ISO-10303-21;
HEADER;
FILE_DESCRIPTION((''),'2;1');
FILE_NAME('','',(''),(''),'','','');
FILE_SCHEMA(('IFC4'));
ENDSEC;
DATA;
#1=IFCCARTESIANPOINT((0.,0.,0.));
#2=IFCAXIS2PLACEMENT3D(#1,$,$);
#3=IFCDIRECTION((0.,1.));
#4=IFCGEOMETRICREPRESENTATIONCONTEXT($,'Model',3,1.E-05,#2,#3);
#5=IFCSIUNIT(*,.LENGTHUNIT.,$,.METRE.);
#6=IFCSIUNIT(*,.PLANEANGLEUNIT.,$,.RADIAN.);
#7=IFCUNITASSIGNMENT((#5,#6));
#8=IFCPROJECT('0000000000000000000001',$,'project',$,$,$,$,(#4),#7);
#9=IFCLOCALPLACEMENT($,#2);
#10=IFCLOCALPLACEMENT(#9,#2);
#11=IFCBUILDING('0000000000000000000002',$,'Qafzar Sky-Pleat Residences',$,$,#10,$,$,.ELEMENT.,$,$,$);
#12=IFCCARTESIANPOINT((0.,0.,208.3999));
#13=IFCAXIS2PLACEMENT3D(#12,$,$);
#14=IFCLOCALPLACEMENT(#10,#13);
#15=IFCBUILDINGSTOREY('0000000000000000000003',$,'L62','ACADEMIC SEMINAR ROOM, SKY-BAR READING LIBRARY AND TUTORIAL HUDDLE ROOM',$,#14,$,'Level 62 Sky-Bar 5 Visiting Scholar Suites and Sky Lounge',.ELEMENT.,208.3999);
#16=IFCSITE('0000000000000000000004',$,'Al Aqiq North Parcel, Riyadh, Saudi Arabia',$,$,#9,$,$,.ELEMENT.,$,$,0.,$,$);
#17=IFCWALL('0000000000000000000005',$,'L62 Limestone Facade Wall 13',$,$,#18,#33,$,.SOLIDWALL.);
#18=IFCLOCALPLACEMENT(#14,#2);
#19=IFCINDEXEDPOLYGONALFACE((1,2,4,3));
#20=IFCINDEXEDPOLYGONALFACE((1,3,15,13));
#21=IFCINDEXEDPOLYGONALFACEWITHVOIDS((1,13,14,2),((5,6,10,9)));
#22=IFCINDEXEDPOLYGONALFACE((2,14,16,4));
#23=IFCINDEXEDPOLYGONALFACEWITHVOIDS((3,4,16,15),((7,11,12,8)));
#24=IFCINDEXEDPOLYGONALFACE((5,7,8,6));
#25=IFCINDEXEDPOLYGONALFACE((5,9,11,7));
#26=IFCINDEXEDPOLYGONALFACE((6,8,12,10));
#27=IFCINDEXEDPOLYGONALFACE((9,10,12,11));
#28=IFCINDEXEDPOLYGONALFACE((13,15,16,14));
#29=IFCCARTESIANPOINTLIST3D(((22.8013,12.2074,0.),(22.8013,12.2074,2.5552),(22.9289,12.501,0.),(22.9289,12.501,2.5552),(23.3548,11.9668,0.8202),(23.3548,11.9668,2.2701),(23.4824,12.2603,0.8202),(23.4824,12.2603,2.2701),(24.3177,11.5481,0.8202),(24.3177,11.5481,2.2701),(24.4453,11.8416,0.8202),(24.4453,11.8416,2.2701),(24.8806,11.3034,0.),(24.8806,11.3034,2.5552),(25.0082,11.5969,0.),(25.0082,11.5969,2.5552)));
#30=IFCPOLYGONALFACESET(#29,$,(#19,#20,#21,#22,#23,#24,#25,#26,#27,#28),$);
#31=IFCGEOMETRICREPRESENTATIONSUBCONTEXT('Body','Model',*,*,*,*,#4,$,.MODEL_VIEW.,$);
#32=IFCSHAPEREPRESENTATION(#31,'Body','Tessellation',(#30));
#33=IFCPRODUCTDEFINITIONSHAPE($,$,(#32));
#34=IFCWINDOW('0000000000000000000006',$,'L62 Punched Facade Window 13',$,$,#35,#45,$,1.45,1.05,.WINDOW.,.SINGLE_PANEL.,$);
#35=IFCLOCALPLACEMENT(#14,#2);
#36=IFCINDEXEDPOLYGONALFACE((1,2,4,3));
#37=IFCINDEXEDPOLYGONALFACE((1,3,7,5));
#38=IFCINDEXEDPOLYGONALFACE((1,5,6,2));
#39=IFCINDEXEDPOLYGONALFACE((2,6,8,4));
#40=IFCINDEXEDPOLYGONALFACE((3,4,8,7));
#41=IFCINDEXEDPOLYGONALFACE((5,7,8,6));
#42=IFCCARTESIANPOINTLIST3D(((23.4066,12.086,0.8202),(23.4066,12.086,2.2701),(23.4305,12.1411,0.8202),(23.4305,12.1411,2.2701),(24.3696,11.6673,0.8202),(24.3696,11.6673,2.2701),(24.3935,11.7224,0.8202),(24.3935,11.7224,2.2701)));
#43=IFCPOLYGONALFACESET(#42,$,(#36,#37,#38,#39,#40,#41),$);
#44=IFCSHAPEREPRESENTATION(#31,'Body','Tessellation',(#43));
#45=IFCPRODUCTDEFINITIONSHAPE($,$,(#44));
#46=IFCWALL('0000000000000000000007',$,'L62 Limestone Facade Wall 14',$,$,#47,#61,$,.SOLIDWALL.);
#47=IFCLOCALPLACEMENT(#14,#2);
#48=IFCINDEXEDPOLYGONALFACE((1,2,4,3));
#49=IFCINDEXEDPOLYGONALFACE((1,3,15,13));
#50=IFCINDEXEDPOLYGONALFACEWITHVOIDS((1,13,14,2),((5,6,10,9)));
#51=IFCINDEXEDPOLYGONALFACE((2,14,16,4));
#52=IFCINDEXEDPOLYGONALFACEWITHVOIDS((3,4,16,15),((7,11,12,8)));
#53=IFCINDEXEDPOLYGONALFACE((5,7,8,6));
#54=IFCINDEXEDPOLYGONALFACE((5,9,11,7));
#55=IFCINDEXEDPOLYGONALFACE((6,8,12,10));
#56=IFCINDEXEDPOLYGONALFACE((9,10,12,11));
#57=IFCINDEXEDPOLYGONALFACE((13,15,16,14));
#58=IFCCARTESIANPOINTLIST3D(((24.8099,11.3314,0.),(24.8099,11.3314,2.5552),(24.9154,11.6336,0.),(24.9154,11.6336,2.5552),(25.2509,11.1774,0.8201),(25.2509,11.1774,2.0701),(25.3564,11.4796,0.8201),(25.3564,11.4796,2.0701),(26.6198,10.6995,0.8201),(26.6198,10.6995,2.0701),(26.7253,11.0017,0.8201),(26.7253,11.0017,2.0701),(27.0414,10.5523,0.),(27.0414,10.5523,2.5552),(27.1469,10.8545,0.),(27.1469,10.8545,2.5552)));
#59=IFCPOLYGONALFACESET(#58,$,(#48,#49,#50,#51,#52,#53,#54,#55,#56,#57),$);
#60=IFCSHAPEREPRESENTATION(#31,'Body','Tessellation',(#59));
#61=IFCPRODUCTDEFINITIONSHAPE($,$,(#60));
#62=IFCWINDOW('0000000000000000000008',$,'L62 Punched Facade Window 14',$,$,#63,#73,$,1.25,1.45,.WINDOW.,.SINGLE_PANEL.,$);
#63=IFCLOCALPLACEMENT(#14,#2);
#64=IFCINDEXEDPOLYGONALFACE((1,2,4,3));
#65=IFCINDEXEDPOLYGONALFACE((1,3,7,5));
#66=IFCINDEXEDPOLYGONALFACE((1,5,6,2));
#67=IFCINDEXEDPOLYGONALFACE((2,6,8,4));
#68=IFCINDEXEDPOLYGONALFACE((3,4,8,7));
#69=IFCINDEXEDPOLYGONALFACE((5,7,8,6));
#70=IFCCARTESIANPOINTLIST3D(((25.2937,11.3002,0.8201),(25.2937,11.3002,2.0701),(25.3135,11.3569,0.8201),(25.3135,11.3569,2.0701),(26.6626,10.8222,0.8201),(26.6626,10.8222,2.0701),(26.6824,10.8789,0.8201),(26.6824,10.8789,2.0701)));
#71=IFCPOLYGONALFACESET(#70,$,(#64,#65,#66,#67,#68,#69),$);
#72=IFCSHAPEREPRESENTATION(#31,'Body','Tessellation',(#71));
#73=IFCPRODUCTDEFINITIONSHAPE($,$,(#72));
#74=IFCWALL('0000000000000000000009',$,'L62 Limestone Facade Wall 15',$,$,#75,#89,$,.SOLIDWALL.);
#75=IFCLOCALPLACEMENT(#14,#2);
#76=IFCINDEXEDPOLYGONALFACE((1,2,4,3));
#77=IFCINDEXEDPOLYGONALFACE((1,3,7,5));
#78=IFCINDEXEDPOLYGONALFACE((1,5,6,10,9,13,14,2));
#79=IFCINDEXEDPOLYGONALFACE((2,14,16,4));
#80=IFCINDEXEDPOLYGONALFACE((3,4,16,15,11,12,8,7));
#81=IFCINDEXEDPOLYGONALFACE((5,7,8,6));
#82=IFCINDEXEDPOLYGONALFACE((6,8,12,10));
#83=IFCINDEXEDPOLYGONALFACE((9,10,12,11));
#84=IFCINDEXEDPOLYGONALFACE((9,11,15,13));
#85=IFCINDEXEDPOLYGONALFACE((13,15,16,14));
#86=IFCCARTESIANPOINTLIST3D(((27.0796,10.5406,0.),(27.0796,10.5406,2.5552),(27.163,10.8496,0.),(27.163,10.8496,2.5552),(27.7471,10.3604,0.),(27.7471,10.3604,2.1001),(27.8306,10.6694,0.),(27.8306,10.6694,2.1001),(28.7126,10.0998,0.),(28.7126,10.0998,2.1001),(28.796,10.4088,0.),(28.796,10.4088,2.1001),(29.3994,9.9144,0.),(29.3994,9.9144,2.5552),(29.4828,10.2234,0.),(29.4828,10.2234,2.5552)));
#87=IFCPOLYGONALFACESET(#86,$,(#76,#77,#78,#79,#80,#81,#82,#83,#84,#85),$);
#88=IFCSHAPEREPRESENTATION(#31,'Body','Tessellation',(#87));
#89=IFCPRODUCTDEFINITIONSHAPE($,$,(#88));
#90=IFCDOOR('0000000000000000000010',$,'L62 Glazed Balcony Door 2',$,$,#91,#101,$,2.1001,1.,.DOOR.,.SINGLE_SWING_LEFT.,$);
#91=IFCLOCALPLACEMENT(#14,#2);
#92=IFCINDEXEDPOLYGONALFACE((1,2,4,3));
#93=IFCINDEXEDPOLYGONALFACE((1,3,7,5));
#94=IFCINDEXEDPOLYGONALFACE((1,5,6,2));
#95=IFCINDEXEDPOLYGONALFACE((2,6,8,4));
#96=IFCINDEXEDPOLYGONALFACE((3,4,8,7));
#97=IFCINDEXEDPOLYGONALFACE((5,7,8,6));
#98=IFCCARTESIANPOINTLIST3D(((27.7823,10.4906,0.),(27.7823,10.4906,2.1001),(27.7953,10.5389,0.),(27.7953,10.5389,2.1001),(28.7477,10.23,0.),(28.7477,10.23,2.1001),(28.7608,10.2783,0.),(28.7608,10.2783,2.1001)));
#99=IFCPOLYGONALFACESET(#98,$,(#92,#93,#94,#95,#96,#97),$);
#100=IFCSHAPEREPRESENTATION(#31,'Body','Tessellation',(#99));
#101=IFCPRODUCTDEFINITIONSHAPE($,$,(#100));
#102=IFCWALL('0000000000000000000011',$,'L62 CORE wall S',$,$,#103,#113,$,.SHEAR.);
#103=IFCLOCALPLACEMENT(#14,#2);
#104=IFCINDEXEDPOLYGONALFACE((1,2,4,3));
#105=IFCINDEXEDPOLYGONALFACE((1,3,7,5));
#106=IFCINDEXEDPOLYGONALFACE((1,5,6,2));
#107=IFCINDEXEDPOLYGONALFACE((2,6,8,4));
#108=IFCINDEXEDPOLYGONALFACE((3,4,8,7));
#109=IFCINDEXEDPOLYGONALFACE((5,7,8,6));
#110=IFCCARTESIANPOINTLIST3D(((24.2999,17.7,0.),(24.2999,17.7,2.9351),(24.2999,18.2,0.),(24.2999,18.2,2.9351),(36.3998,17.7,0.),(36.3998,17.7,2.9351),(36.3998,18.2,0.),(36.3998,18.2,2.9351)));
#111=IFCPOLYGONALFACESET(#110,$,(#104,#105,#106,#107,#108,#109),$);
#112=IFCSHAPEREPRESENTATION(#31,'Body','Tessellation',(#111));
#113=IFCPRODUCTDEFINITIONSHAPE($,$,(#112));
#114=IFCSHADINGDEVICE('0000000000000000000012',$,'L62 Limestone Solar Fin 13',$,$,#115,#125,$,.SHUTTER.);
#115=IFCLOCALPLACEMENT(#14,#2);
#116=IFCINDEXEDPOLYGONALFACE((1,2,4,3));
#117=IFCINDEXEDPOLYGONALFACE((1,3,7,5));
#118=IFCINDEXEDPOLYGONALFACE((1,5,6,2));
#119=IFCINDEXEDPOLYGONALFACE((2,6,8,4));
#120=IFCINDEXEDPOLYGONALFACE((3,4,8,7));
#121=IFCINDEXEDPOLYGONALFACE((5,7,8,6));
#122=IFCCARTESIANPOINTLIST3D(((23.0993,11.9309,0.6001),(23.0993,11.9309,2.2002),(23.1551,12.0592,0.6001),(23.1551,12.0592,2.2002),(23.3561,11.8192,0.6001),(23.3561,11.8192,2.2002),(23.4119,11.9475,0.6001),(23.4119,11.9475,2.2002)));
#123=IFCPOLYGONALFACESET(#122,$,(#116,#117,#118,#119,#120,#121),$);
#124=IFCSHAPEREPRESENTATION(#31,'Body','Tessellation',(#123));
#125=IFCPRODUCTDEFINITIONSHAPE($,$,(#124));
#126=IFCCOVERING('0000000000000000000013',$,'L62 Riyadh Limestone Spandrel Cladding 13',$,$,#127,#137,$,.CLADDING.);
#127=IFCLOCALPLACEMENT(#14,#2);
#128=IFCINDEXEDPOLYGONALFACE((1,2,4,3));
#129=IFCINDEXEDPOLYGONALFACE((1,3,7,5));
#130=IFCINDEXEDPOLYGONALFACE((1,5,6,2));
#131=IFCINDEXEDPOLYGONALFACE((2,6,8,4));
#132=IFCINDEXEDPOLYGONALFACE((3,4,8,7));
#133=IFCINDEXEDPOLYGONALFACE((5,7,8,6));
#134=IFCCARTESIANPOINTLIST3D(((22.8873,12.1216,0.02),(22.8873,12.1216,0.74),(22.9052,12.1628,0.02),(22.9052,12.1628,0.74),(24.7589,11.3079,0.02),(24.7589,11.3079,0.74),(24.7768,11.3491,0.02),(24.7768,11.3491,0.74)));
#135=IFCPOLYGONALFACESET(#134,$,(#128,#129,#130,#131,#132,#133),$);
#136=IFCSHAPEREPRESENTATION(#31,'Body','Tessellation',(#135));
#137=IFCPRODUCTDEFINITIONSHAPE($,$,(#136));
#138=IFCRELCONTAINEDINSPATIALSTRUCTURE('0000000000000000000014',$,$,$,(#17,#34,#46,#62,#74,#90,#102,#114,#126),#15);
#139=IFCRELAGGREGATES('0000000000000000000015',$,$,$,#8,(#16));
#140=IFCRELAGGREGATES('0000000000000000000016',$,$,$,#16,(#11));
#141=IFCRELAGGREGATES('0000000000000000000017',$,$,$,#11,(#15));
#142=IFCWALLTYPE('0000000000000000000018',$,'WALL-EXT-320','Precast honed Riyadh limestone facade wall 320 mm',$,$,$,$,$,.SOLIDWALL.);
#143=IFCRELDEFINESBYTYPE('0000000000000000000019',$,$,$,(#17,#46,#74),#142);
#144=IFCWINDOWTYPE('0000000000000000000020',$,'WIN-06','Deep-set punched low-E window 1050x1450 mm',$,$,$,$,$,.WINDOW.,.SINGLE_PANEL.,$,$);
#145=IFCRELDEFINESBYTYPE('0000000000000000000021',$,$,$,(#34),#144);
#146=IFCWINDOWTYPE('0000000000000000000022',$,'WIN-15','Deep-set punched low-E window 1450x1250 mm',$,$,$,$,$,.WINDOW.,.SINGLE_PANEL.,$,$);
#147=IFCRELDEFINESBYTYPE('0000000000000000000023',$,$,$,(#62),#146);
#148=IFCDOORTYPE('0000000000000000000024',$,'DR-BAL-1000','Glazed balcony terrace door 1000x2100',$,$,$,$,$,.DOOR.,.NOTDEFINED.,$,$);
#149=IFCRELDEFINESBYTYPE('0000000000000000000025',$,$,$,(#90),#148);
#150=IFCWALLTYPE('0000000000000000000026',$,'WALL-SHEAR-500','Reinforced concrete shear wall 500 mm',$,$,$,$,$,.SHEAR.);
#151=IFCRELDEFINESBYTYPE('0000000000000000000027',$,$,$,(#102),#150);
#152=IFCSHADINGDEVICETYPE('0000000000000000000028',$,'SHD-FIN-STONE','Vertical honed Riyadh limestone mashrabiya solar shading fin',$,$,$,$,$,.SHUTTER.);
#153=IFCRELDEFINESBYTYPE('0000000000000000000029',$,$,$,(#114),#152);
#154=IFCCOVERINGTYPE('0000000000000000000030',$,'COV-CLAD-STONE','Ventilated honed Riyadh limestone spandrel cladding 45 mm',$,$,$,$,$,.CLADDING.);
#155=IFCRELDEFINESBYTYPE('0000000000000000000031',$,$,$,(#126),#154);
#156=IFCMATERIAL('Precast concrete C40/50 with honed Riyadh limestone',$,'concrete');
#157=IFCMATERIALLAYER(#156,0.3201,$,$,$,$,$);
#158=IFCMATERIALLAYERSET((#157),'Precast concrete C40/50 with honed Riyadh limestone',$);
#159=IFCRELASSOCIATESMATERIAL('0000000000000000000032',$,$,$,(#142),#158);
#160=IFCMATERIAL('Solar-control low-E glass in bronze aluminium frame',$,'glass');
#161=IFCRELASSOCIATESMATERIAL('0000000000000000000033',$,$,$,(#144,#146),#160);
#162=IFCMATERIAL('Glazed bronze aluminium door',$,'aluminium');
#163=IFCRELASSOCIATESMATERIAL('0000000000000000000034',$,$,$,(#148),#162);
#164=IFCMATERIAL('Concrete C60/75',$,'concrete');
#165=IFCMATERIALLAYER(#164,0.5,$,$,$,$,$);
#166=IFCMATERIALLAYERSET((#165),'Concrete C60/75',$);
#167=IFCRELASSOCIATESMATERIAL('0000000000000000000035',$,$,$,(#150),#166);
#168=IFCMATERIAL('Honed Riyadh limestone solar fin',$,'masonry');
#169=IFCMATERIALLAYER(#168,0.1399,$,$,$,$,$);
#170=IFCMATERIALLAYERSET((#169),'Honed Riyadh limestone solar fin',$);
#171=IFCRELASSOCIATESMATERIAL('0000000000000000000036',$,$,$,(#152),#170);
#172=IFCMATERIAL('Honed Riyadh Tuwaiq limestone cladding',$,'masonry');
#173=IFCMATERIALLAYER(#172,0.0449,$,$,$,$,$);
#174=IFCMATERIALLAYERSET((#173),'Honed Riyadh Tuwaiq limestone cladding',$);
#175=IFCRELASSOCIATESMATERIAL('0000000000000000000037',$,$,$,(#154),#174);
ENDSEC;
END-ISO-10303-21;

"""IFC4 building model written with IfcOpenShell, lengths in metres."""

from ifc_helpers import new_model, si_unit, direction, frame, frame_2d, origin, origin_2d, place, context, subcontext, project, spatial, rectangle, extrude, source, transform, mapped, material, layer, layer_set, type_object, element, fill, save


model = new_model("IFC4")

# Units and contexts
model_context = context("Model", 3, precision=1e-05, world=origin(), true_north=direction((0.0, 1.0)))
body_context = subcontext(model_context, "Body", "Model", "MODEL_VIEW")
ifc_project = project(units=[si_unit("LENGTHUNIT", "METRE"), si_unit("PLANEANGLEUNIT", "RADIAN")], contexts=[model_context])

# Site, building, storey
site_placement = place(None, origin())
site = spatial("IfcSite", under=ifc_project, at=site_placement, Name="Al Aqiq North Parcel, Riyadh, Saudi Arabia", CompositionType="ELEMENT", RefElevation=0.0)
building_placement = place(site_placement, origin())
building = spatial("IfcBuilding", under=site, at=building_placement, Name="Qafzar Sky-Pleat Residences", CompositionType="ELEMENT")
storey_placement = place(building_placement, frame((0.0, 0.0, 208.3999)))
storey = spatial("IfcBuildingStorey", under=building, at=storey_placement, Name="L62", Description="ACADEMIC SEMINAR ROOM, SKY-BAR READING LIBRARY AND TUTORIAL HUDDLE ROOM", LongName="Level 62 Sky-Bar 5 Visiting Scholar Suites and Sky Lounge", CompositionType="ELEMENT", Elevation=208.3999)

# Walls, openings, windows
ifc_material_1 = material(Name="Precast concrete C40/50 with honed Riyadh limestone", Category="concrete")
ifc_layer_1 = layer(ifc_material_1, 0.3201)
ifc_layer_set_1 = layer_set([ifc_layer_1], Name="Precast concrete C40/50 with honed Riyadh limestone")
wall_type_1 = type_object("IfcWallType", Name="WALL-EXT-320", Description="Precast honed Riyadh limestone facade wall 320 mm", PredefinedType="SOLIDWALL", material=ifc_layer_set_1)
ifc_material_2 = material(Name="Solar-control low-E glass in bronze aluminium frame", Category="glass")
wall_1_placement = place(storey_placement, frame((22.865, 12.3542, 0.0), z_axis=(0.0, 0.0, 1.0), x_axis=(0.917072, -0.398722, 0.0)))
wall_1 = element("IfcWall", 1, at=wall_1_placement, inside=storey, type_object=wall_type_1, Name="L62 Limestone Facade Wall 13", PredefinedType="SOLIDWALL", context=body_context, shape_type="SweptSolid", body=[
    extrude(rectangle(XDim=2.2673, YDim=0.3201, at=frame_2d((1.1338, 0.0))), origin(), (0.0, 0.0, 1.0), 2.5552),
])
opening_1_placement = place(wall_1_placement, frame((0.6038, 0.0, 0.8201)))
opening_1 = element("IfcOpeningElement", 2, at=opening_1_placement, cuts=wall_1, PredefinedType="OPENING", context=body_context, shape_type="SweptSolid", body=[
    extrude(rectangle(XDim=1.05, YDim=1.45, at=frame_2d((0.5249, 0.7251))), frame((0.0, 0.1699, 0.0), z_axis=(0.0, -1.0, 0.0), x_axis=(1.0, 0.0, 0.0)), (0.0, 0.0, 1.0), 0.3401),
])
window_type_1 = type_object("IfcWindowType", Name="WIN-06", Description="Deep-set punched low-E window 1050x1450 mm", PartitioningType="SINGLE_PANEL", PredefinedType="WINDOW", material=ifc_material_2)
shared_shape_1 = source(origin(), body_context, "Body", "SweptSolid", [
    extrude(rectangle(XDim=1.05, YDim=1.45, at=frame_2d((0.5249, 0.7251))), frame((0.0, 0.03, 0.0), z_axis=(0.0, -1.0, 0.0), x_axis=(1.0, 0.0, 0.0)), (0.0, 0.0, 1.0), 0.0601),
])
window_1_placement = place(opening_1_placement, origin())
window_1 = element("IfcWindow", 3, at=window_1_placement, inside=storey, type_object=window_type_1, Name="L62 Punched Facade Window 13", OverallHeight=1.45, OverallWidth=1.05, PartitioningType="SINGLE_PANEL", PredefinedType="WINDOW", context=body_context, shape_type="MappedRepresentation", body=[
    mapped(shared_shape_1, transform((0.0, 0.0, 0.0), x_axis=(1.0, 0.0, 0.0), y_axis=(0.0, 1.0, 0.0), z_axis=(0.0, 0.0, 1.0), scale=1.0)),
])
fill(opening_1, window_1)
wall_2_placement = place(storey_placement, frame((24.8628, 11.4824, 0.0), z_axis=(0.0, 0.0, 1.0), x_axis=(0.944116, -0.329614, 0.0)))
wall_2 = element("IfcWall", 4, at=wall_2_placement, inside=storey, type_object=wall_type_1, Name="L62 Limestone Facade Wall 14", PredefinedType="SOLIDWALL", context=body_context, shape_type="SweptSolid", body=[
    extrude(rectangle(XDim=2.3635, YDim=0.3201, at=frame_2d((1.1816, 0.0))), origin(), (0.0, 0.0, 1.0), 2.5552),
])
opening_2_placement = place(wall_2_placement, frame((0.4668, 0.0, 0.8201)))
opening_2 = element("IfcOpeningElement", 5, at=opening_2_placement, cuts=wall_2, PredefinedType="OPENING", context=body_context, shape_type="SweptSolid", body=[
    extrude(rectangle(XDim=1.45, YDim=1.25, at=frame_2d((0.7251, 0.625))), frame((0.0, 0.1699, 0.0), z_axis=(0.0, -1.0, 0.0), x_axis=(1.0, 0.0, 0.0)), (0.0, 0.0, 1.0), 0.3401),
])
window_type_2 = type_object("IfcWindowType", Name="WIN-15", Description="Deep-set punched low-E window 1450x1250 mm", PartitioningType="SINGLE_PANEL", PredefinedType="WINDOW", material=ifc_material_2)
shared_shape_2 = source(origin(), body_context, "Body", "SweptSolid", [
    extrude(rectangle(XDim=1.45, YDim=1.25, at=frame_2d((0.7251, 0.625))), frame((0.0, 0.03, 0.0), z_axis=(0.0, -1.0, 0.0), x_axis=(1.0, 0.0, 0.0)), (0.0, 0.0, 1.0), 0.0601),
])
window_2_placement = place(opening_2_placement, origin())
window_2 = element("IfcWindow", 6, at=window_2_placement, inside=storey, type_object=window_type_2, Name="L62 Punched Facade Window 14", OverallHeight=1.25, OverallWidth=1.45, PartitioningType="SINGLE_PANEL", PredefinedType="WINDOW", context=body_context, shape_type="MappedRepresentation", body=[
    mapped(shared_shape_2, transform((0.0, 0.0, 0.0), x_axis=(1.0, 0.0, 0.0), y_axis=(0.0, 1.0, 0.0), z_axis=(0.0, 0.0, 1.0), scale=1.0)),
])
fill(opening_2, window_2)

# Wall, opening, door
wall_3_placement = place(storey_placement, frame((27.1213, 10.6951, 0.0), z_axis=(0.0, 0.0, 1.0), x_axis=(0.965443, -0.260615, 0.0)))
wall_3 = element("IfcWall", 7, at=wall_3_placement, inside=storey, type_object=wall_type_1, Name="L62 Limestone Facade Wall 15", PredefinedType="SOLIDWALL", context=body_context, shape_type="SweptSolid", body=[
    extrude(rectangle(XDim=2.4028, YDim=0.3201, at=frame_2d((1.2014, 0.0))), origin(), (0.0, 0.0, 1.0), 2.5552),
])
opening_3_placement = place(wall_3_placement, frame((0.6914, 0.0, 0.0)))
opening_3 = element("IfcOpeningElement", 8, at=opening_3_placement, cuts=wall_3, PredefinedType="OPENING", context=body_context, shape_type="SweptSolid", body=[
    extrude(rectangle(XDim=1.0, YDim=2.1001, at=frame_2d((0.5, 1.05))), frame((0.0, 0.1699, 0.0), z_axis=(0.0, -1.0, 0.0), x_axis=(1.0, 0.0, 0.0)), (0.0, 0.0, 1.0), 0.3401),
])
ifc_material_3 = material(Name="Glazed bronze aluminium door", Category="aluminium")
door_type_1 = type_object("IfcDoorType", Name="DR-BAL-1000", Description="Glazed balcony terrace door 1000x2100", OperationType="NOTDEFINED", PredefinedType="DOOR", material=ifc_material_3)
shared_shape_3 = source(origin(), body_context, "Body", "SweptSolid", [
    extrude(rectangle(XDim=1.0, YDim=2.1001, at=frame_2d((0.5, 1.05))), frame((0.0, 0.0249, 0.0), z_axis=(0.0, -1.0, 0.0), x_axis=(1.0, 0.0, 0.0)), (0.0, 0.0, 1.0), 0.05),
])
door_1_placement = place(opening_3_placement, origin())
door_1 = element("IfcDoor", 9, at=door_1_placement, inside=storey, type_object=door_type_1, Name="L62 Glazed Balcony Door 2", OperationType="SINGLE_SWING_LEFT", OverallHeight=2.1001, OverallWidth=1.0, PredefinedType="DOOR", context=body_context, shape_type="MappedRepresentation", body=[
    mapped(shared_shape_3, transform((0.0, 0.0, 0.0), x_axis=(1.0, 0.0, 0.0), y_axis=(0.0, 1.0, 0.0), z_axis=(0.0, 0.0, 1.0), scale=1.0)),
])
fill(opening_3, door_1)

# Wall
ifc_material_4 = material(Name="Concrete C60/75", Category="concrete")
ifc_layer_2 = layer(ifc_material_4, 0.5)
ifc_layer_set_2 = layer_set([ifc_layer_2], Name="Concrete C60/75")
wall_type_2 = type_object("IfcWallType", Name="WALL-SHEAR-500", Description="Reinforced concrete shear wall 500 mm", PredefinedType="SHEAR", material=ifc_layer_set_2)
wall_4_placement = place(storey_placement, frame((24.3, 17.95, 0.0), z_axis=(0.0, 0.0, 1.0), x_axis=(1.0, 0.0, 0.0)))
element("IfcWall", 10, at=wall_4_placement, inside=storey, type_object=wall_type_2, Name="L62 CORE wall S", PredefinedType="SHEAR", context=body_context, shape_type="SweptSolid", body=[
    extrude(rectangle(XDim=12.0999, YDim=0.5, at=frame_2d((6.0498, 0.0))), origin(), (0.0, 0.0, 1.0), 2.9351),
])

# Shading device
ifc_material_5 = material(Name="Honed Riyadh limestone solar fin", Category="masonry")
ifc_layer_3 = layer(ifc_material_5, 0.1399)
ifc_layer_set_3 = layer_set([ifc_layer_3], Name="Honed Riyadh limestone solar fin")
shading_device_type = type_object("IfcShadingDeviceType", Name="SHD-FIN-STONE", Description="Vertical honed Riyadh limestone mashrabiya solar shading fin", PredefinedType="SHUTTER", material=ifc_layer_set_3)
shared_shape_4 = source(origin(), body_context, "Body", "SweptSolid", [
    extrude(rectangle(XDim=0.1399, YDim=0.28, at=origin_2d()), origin(), (0.0, 0.0, 1.0), 1.6001),
])
shading_device_placement = place(storey_placement, frame((23.2556, 11.9392, 0.6001), z_axis=(0.0, 0.0, 1.0), x_axis=(-0.39868, -0.91709, 0.0)))
element("IfcShadingDevice", 11, at=shading_device_placement, inside=storey, type_object=shading_device_type, Name="L62 Limestone Solar Fin 13", PredefinedType="SHUTTER", context=body_context, shape_type="MappedRepresentation", body=[
    mapped(shared_shape_4, transform((0.0, 0.0, 0.0), x_axis=(1.0, 0.0, 0.0), y_axis=(0.0, 1.0, 0.0), z_axis=(0.0, 0.0, 1.0), scale=1.0)),
])

# Covering
ifc_material_6 = material(Name="Honed Riyadh Tuwaiq limestone cladding", Category="masonry")
ifc_layer_4 = layer(ifc_material_6, 0.0449)
ifc_layer_set_4 = layer_set([ifc_layer_4], Name="Honed Riyadh Tuwaiq limestone cladding")
covering_type = type_object("IfcCoveringType", Name="COV-CLAD-STONE", Description="Ventilated honed Riyadh limestone spandrel cladding 45 mm", PredefinedType="CLADDING", material=ifc_layer_set_4)
shared_shape_5 = source(origin(), body_context, "Body", "SweptSolid", [
    extrude(rectangle(XDim=2.0408, YDim=0.0449, at=origin_2d()), origin(), (0.0, 0.0, 1.0), 0.72),
])
covering_placement = place(storey_placement, frame((23.832, 11.7354, 0.02), z_axis=(0.0, 0.0, 1.0), x_axis=(0.917084, -0.398694, 0.0)))
element("IfcCovering", 12, at=covering_placement, inside=storey, type_object=covering_type, Name="L62 Riyadh Limestone Spandrel Cladding 13", PredefinedType="CLADDING", context=body_context, shape_type="MappedRepresentation", body=[
    mapped(shared_shape_5, transform((0.0, 0.0, 0.0), x_axis=(1.0, 0.0, 0.0), y_axis=(0.0, 1.0, 0.0), z_axis=(0.0, 0.0, 1.0), scale=1.0)),
])

save(model, "model.ifc")
